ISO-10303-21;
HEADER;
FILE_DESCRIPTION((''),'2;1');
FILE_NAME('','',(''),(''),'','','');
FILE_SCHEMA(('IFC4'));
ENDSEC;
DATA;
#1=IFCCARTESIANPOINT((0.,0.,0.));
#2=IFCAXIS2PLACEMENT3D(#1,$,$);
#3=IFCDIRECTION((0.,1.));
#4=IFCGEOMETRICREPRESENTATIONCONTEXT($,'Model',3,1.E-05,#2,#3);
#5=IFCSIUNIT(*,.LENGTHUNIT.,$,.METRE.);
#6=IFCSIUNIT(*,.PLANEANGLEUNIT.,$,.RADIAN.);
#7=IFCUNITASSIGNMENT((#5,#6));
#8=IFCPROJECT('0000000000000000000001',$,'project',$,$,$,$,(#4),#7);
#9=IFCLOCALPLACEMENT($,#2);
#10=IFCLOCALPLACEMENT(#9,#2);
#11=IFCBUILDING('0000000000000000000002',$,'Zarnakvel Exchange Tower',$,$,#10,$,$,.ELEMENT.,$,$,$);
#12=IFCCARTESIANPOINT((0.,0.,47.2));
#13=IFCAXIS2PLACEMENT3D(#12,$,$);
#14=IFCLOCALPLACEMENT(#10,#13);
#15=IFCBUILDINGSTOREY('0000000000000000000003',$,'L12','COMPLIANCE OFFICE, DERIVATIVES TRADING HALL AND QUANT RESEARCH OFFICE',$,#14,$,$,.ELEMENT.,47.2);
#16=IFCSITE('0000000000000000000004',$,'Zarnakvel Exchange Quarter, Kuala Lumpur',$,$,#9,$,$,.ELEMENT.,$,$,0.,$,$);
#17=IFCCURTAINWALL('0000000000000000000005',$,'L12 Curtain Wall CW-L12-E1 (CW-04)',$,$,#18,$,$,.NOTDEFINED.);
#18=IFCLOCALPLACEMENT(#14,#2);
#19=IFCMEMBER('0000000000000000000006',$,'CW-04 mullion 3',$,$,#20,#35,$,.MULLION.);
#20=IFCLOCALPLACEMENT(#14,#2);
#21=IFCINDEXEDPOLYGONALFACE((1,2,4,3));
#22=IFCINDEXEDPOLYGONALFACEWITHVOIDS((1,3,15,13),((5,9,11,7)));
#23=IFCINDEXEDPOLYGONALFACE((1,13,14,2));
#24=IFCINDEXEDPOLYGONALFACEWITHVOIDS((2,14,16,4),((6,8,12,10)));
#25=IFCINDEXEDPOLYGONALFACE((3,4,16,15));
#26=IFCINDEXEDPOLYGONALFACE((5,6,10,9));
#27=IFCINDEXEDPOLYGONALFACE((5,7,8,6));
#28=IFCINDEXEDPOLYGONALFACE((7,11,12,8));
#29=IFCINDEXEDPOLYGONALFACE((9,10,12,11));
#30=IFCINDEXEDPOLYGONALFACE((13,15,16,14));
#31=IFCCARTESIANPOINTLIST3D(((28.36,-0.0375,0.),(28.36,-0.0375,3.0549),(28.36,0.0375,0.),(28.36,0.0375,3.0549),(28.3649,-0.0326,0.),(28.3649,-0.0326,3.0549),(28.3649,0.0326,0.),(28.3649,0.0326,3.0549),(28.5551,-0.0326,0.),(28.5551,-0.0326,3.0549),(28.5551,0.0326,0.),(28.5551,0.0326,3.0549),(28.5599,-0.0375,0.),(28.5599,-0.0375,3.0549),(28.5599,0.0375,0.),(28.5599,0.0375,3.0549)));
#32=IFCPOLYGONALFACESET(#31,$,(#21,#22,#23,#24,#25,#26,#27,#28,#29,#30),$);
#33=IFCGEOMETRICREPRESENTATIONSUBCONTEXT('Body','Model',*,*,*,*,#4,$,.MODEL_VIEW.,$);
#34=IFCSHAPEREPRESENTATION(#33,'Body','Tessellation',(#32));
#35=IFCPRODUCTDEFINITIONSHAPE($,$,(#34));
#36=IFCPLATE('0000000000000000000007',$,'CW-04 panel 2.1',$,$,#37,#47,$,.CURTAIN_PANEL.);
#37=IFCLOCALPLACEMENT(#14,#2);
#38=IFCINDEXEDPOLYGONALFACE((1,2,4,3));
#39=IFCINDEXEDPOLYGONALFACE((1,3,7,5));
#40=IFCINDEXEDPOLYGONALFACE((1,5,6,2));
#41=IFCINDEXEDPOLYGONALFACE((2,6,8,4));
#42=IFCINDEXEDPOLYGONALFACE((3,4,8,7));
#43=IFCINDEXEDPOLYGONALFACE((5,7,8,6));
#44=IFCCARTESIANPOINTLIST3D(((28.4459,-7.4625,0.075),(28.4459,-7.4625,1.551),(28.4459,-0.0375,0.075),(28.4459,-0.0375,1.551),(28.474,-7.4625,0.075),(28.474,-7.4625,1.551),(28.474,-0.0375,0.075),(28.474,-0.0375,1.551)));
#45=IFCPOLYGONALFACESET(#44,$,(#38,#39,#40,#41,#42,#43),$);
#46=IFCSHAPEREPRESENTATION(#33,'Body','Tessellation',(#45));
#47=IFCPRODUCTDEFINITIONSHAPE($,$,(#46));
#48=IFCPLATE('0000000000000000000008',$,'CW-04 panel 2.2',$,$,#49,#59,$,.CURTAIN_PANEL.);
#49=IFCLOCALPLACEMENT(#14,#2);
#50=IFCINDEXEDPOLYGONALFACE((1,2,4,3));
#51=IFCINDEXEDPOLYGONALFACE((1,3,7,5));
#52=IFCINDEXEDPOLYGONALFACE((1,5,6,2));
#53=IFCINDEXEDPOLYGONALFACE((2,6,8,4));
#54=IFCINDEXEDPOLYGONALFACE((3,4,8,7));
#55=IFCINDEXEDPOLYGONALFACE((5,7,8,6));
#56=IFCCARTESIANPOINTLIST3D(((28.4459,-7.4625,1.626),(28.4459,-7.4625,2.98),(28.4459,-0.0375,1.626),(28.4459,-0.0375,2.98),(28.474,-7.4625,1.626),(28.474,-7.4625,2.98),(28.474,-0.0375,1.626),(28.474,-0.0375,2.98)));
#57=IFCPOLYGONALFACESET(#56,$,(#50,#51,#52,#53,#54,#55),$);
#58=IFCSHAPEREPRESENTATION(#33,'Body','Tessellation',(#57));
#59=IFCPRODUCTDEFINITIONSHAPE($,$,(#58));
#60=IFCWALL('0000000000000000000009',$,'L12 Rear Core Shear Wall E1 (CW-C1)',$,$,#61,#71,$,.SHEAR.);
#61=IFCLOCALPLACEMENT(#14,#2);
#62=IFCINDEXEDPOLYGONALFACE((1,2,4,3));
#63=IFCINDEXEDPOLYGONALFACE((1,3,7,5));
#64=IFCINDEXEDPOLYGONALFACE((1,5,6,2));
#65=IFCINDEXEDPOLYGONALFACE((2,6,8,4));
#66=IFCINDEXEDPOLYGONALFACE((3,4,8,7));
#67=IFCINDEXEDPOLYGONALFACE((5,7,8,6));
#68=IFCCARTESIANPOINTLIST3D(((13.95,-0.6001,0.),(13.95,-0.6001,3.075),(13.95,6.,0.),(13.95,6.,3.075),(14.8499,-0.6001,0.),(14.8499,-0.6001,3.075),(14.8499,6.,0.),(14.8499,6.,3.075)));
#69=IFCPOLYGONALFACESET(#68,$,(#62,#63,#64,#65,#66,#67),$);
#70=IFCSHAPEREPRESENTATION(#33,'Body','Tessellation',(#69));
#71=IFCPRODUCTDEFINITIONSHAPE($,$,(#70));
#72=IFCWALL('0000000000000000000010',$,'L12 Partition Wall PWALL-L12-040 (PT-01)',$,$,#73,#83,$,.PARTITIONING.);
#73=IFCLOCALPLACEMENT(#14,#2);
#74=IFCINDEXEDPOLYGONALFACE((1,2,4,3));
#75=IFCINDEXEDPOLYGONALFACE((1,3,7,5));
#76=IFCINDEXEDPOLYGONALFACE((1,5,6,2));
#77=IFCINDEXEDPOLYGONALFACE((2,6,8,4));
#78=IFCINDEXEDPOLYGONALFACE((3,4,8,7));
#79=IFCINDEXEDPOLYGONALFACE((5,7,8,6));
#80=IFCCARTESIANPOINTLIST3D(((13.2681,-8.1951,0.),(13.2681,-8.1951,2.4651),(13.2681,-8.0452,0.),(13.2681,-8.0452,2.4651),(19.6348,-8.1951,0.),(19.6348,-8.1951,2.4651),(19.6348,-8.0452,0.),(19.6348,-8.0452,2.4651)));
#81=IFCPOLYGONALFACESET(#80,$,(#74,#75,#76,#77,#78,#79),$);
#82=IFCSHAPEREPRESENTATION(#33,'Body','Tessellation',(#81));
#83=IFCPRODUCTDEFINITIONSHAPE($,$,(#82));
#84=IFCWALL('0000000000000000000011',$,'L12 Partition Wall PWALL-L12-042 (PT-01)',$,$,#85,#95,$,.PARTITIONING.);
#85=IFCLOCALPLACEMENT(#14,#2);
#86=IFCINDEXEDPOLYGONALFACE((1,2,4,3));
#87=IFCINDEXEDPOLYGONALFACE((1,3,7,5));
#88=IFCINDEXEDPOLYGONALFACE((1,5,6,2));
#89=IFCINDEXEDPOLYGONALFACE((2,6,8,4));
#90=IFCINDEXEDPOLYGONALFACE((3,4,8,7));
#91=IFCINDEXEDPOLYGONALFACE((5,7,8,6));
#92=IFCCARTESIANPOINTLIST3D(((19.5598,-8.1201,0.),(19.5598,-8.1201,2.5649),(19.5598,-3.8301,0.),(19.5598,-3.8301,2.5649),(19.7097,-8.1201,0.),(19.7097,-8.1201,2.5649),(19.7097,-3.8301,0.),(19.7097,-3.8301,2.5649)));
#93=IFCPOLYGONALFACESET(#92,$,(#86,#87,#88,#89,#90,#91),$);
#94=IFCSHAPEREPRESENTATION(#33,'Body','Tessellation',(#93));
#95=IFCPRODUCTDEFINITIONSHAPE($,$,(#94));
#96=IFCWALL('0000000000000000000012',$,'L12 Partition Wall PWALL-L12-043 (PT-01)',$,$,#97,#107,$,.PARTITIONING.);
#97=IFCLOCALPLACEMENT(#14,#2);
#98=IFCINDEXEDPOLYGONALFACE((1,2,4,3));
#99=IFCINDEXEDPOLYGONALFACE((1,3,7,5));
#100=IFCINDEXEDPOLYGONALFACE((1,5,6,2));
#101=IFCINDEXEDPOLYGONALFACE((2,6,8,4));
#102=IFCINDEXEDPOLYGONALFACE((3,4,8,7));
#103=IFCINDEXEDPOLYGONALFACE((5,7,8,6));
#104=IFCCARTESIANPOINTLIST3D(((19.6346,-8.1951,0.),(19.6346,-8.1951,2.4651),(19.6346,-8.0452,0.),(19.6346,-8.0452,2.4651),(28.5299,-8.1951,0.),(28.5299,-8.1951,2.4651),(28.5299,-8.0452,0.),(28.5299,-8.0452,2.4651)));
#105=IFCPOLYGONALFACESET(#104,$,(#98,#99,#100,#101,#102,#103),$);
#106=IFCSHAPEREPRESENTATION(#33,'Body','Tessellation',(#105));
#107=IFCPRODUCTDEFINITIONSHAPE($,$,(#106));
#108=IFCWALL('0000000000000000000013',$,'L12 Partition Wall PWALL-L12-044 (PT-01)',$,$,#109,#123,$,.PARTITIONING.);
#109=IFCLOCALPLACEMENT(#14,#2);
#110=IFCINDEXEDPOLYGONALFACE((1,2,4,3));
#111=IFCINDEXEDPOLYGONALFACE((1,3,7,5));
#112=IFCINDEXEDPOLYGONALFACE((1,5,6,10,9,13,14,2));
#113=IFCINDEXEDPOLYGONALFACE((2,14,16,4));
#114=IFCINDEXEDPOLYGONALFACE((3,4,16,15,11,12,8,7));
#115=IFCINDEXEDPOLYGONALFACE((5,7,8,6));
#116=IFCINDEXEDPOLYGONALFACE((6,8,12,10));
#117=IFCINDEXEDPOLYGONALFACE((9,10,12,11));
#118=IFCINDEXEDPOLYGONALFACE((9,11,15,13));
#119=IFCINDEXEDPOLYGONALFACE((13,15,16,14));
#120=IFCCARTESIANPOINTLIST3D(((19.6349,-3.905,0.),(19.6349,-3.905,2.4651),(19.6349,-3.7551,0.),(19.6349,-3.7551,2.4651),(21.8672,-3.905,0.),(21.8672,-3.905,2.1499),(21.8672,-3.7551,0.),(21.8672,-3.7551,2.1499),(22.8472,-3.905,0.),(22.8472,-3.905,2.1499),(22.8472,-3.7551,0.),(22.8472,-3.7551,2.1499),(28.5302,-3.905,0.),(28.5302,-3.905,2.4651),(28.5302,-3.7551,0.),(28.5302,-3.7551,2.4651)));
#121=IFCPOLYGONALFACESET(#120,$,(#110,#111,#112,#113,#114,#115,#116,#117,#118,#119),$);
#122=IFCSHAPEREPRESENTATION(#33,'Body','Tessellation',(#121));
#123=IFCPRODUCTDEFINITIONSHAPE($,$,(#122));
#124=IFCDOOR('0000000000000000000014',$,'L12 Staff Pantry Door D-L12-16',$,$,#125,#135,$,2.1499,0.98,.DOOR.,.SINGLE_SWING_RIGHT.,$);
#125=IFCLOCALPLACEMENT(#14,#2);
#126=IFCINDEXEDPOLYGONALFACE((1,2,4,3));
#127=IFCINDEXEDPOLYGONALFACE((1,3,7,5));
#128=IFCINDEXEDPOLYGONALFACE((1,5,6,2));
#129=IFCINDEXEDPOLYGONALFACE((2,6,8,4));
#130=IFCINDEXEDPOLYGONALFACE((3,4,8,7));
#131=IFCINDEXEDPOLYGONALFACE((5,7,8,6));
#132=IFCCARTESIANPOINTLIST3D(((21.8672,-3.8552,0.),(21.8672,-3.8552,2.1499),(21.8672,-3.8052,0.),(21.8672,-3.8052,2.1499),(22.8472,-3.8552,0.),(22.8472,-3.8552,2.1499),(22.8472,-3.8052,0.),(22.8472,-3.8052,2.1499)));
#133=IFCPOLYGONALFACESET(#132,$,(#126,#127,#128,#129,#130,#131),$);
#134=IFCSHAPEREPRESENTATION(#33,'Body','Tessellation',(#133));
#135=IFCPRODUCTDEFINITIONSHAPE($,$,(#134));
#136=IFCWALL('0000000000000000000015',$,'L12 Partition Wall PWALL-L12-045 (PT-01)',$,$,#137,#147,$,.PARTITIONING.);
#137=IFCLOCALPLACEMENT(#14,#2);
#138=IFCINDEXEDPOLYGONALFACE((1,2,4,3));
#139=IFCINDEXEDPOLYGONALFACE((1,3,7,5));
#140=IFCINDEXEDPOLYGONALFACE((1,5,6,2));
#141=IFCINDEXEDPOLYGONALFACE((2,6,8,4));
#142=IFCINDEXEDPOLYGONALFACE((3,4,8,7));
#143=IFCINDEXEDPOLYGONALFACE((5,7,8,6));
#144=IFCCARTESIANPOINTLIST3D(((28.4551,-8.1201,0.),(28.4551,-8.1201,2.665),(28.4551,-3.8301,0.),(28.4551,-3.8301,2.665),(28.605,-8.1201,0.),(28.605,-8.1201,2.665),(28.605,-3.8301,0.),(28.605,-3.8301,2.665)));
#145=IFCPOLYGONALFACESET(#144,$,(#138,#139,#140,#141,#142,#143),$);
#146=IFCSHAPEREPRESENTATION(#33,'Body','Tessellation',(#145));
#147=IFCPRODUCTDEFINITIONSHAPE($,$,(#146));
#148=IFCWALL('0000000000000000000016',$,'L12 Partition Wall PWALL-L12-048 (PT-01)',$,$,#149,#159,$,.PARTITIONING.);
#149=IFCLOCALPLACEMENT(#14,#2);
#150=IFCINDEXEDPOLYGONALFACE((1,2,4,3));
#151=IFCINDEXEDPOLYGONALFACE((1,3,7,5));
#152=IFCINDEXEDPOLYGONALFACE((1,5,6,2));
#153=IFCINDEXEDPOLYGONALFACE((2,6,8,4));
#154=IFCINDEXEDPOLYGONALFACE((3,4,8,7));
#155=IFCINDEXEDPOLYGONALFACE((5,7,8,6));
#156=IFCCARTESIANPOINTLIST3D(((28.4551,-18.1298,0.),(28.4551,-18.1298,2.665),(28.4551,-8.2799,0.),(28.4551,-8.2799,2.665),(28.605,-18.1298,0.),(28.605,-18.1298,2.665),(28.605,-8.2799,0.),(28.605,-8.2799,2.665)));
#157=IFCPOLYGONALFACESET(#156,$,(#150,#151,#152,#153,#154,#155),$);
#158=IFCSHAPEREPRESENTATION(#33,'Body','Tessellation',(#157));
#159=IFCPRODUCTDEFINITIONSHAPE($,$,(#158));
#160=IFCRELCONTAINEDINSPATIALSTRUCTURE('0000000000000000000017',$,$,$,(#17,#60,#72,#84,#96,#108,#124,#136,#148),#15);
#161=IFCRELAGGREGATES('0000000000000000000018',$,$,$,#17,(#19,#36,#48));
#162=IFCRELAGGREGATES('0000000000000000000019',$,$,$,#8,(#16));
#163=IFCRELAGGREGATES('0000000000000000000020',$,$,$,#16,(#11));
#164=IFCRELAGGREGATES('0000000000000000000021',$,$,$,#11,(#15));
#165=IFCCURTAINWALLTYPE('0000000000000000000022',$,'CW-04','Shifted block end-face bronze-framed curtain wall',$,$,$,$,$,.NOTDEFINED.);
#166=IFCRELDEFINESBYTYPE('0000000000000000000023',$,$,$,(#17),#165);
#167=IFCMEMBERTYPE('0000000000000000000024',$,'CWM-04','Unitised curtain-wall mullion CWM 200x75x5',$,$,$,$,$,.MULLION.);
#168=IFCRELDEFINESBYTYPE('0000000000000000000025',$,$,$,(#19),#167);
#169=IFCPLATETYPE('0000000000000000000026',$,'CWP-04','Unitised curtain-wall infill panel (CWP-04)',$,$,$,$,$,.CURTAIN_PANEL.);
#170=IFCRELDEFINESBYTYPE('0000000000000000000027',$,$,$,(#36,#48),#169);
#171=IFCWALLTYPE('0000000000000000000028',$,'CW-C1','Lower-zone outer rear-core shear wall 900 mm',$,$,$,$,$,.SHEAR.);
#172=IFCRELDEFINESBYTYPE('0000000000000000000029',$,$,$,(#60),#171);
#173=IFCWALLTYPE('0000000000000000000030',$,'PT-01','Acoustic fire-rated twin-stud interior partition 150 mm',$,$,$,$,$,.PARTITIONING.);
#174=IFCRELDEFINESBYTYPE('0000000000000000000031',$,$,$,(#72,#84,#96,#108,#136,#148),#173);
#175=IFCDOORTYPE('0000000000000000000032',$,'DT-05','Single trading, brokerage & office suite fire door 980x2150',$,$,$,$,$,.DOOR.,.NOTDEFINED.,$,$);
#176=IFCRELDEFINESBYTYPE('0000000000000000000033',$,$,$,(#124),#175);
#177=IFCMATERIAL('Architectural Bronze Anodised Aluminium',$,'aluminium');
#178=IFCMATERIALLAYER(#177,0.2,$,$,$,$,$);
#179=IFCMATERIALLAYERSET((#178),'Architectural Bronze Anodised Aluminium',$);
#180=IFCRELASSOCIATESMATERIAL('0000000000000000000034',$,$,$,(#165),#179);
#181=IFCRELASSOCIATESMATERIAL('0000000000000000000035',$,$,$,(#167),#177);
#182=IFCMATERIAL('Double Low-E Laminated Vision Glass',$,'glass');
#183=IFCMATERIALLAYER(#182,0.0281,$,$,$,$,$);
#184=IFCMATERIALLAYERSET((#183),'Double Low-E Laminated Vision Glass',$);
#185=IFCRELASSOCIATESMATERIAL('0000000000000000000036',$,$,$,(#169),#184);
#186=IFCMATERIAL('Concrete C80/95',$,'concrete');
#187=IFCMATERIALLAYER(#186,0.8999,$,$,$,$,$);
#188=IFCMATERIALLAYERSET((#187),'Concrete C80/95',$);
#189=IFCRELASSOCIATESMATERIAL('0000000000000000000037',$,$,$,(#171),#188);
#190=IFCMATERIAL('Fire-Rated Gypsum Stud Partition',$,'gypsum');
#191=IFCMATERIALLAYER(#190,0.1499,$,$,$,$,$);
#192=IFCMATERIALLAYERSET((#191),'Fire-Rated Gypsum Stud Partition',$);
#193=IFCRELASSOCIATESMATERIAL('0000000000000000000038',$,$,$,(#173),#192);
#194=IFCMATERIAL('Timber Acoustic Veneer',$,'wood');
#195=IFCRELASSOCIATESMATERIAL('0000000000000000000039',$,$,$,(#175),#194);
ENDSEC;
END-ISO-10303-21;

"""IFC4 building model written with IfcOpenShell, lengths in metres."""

from ifc_helpers import new_model, si_unit, direction, frame, frame_2d, origin, origin_2d, place, context, subcontext, project, spatial, rectangle, hollow_rectangle, extrude, source, transform, mapped, material, layer, layer_set, material_profile, profile_set, type_object, element, fill, aggregate, save


model = new_model("IFC4")

# Units and contexts
model_context = context("Model", 3, precision=1e-05, world=origin(), true_north=direction((0.0, 1.0)))
body_context = subcontext(model_context, "Body", "Model", "MODEL_VIEW")
ifc_project = project(units=[si_unit("LENGTHUNIT", "METRE"), si_unit("PLANEANGLEUNIT", "RADIAN")], contexts=[model_context])

# Site, building, storey
site_placement = place(None, origin())
site = spatial("IfcSite", under=ifc_project, at=site_placement, Name="Zarnakvel Exchange Quarter, Kuala Lumpur", CompositionType="ELEMENT", RefElevation=0.0)
building_placement = place(site_placement, origin())
building = spatial("IfcBuilding", under=site, at=building_placement, Name="Zarnakvel Exchange Tower", CompositionType="ELEMENT")
storey_placement = place(building_placement, frame((0.0, 0.0, 47.2)))
storey = spatial("IfcBuildingStorey", under=building, at=storey_placement, Name="L12", Description="COMPLIANCE OFFICE, DERIVATIVES TRADING HALL AND QUANT RESEARCH OFFICE", CompositionType="ELEMENT", Elevation=47.2)

# Shared definitions
ifc_material_1 = material(Name="Concrete C80/95", Category="concrete")

# Curtain wall, member, plates
ifc_material_2 = material(Name="Architectural Bronze Anodised Aluminium", Category="aluminium")
ifc_layer_1 = layer(ifc_material_2, 0.2)
ifc_layer_set_1 = layer_set([ifc_layer_1], Name="Architectural Bronze Anodised Aluminium")
curtain_wall_type = type_object("IfcCurtainWallType", Name="CW-04", Description="Shifted block end-face bronze-framed curtain wall", PredefinedType="NOTDEFINED", material=ifc_layer_set_1)
curtain_wall_placement = place(storey_placement, origin())
curtain_wall = element("IfcCurtainWall", 1, at=curtain_wall_placement, inside=storey, type_object=curtain_wall_type, Name="L12 Curtain Wall CW-L12-E1 (CW-04)", PredefinedType="NOTDEFINED")
ifc_material_profile_1 = material_profile(ifc_material_2, hollow_rectangle(XDim=0.2, YDim=0.075, WallThickness=0.0049, at=origin_2d()))
ifc_profile_set_1 = profile_set([ifc_material_profile_1], Name="Architectural Bronze Anodised Aluminium")
member_type_1 = type_object("IfcMemberType", Name="CWM-04", Description="Unitised curtain-wall mullion CWM 200x75x5", PredefinedType="MULLION", material=ifc_profile_set_1)
shared_shape_1 = source(origin(), body_context, "Body", "SweptSolid", [
    extrude(hollow_rectangle(XDim=0.2, YDim=0.075, WallThickness=0.0049, at=origin_2d()), origin(), (0.0, 0.0, 1.0), 3.0549),
])
member_1_placement = place(storey_placement, frame((28.46, 0.0, 0.0), z_axis=(0.0, 0.0, 1.0), x_axis=(-1.0, 0.0, 0.0)))
member_1 = element("IfcMember", 2, at=member_1_placement, type_object=member_type_1, Name="CW-04 mullion 3", PredefinedType="MULLION", context=body_context, shape_type="MappedRepresentation", body=[
    mapped(shared_shape_1, transform((0.0, 0.0, 0.0), x_axis=(1.0, 0.0, 0.0), y_axis=(0.0, 1.0, 0.0), z_axis=(0.0, 0.0, 1.0), scale=1.0)),
])
ifc_material_3 = material(Name="Double Low-E Laminated Vision Glass", Category="glass")
ifc_layer_2 = layer(ifc_material_3, 0.0281)
ifc_layer_set_2 = layer_set([ifc_layer_2], Name="Double Low-E Laminated Vision Glass")
plate_type = type_object("IfcPlateType", Name="CWP-04", Description="Unitised curtain-wall infill panel (CWP-04)", PredefinedType="CURTAIN_PANEL", material=ifc_layer_set_2)
shared_shape_2 = source(origin(), body_context, "Body", "SweptSolid", [
    extrude(rectangle(XDim=7.425, YDim=0.0281, at=origin_2d()), origin(), (0.0, 0.0, 1.0), 1.4761),
])
plate_1_placement = place(storey_placement, frame((28.46, -3.75, 0.075), z_axis=(0.0, 0.0, 1.0), x_axis=(0.0, 1.0, 0.0)))
plate_1 = element("IfcPlate", 3, at=plate_1_placement, type_object=plate_type, Name="CW-04 panel 2.1", PredefinedType="CURTAIN_PANEL", context=body_context, shape_type="MappedRepresentation", body=[
    mapped(shared_shape_2, transform((0.0, 0.0, 0.0), x_axis=(1.0, 0.0, 0.0), y_axis=(0.0, 1.0, 0.0), z_axis=(0.0, 0.0, 1.0), scale=1.0)),
])
shared_shape_3 = source(origin(), body_context, "Body", "SweptSolid", [
    extrude(rectangle(XDim=7.425, YDim=0.0281, at=origin_2d()), origin(), (0.0, 0.0, 1.0), 1.354),
])
plate_2_placement = place(storey_placement, frame((28.46, -3.75, 1.626), z_axis=(0.0, 0.0, 1.0), x_axis=(0.0, 1.0, 0.0)))
plate_2 = element("IfcPlate", 4, at=plate_2_placement, type_object=plate_type, Name="CW-04 panel 2.2", PredefinedType="CURTAIN_PANEL", context=body_context, shape_type="MappedRepresentation", body=[
    mapped(shared_shape_3, transform((0.0, 0.0, 0.0), x_axis=(1.0, 0.0, 0.0), y_axis=(0.0, 1.0, 0.0), z_axis=(0.0, 0.0, 1.0), scale=1.0)),
])
aggregate(curtain_wall, [member_1, plate_1, plate_2])

# Walls
ifc_layer_3 = layer(ifc_material_1, 0.8999)
ifc_layer_set_3 = layer_set([ifc_layer_3], Name="Concrete C80/95")
wall_type_1 = type_object("IfcWallType", Name="CW-C1", Description="Lower-zone outer rear-core shear wall 900 mm", PredefinedType="SHEAR", material=ifc_layer_set_3)
wall_1_placement = place(storey_placement, frame((14.3999, -0.6001, 0.0), z_axis=(0.0, 0.0, 1.0), x_axis=(0.0, 1.0, 0.0)))
element("IfcWall", 5, at=wall_1_placement, inside=storey, type_object=wall_type_1, Name="L12 Rear Core Shear Wall E1 (CW-C1)", PredefinedType="SHEAR", context=body_context, shape_type="SweptSolid", body=[
    extrude(rectangle(XDim=6.6001, YDim=0.8999, at=frame_2d((3.3, 0.0))), origin(), (0.0, 0.0, 1.0), 3.075),
])
ifc_material_4 = material(Name="Fire-Rated Gypsum Stud Partition", Category="gypsum")
ifc_layer_4 = layer(ifc_material_4, 0.1499)
ifc_layer_set_4 = layer_set([ifc_layer_4], Name="Fire-Rated Gypsum Stud Partition")
wall_type_2 = type_object("IfcWallType", Name="PT-01", Description="Acoustic fire-rated twin-stud interior partition 150 mm", PredefinedType="PARTITIONING", material=ifc_layer_set_4)
wall_2_placement = place(storey_placement, frame((19.6348, -8.1201, 0.0), z_axis=(0.0, 0.0, 1.0), x_axis=(-1.0, 0.0, 0.0)))
element("IfcWall", 6, at=wall_2_placement, inside=storey, type_object=wall_type_2, Name="L12 Partition Wall PWALL-L12-040 (PT-01)", PredefinedType="PARTITIONING", context=body_context, shape_type="SweptSolid", body=[
    extrude(rectangle(XDim=6.3667, YDim=0.1499, at=frame_2d((3.1833, 0.0))), origin(), (0.0, 0.0, 1.0), 2.4651),
])
wall_3_placement = place(storey_placement, frame((19.6348, -3.8301, 0.0), z_axis=(0.0, 0.0, 1.0), x_axis=(0.0, -1.0, 0.0)))
element("IfcWall", 7, at=wall_3_placement, inside=storey, type_object=wall_type_2, Name="L12 Partition Wall PWALL-L12-042 (PT-01)", PredefinedType="PARTITIONING", context=body_context, shape_type="SweptSolid", body=[
    extrude(rectangle(XDim=4.29, YDim=0.1499, at=frame_2d((2.145, 0.0))), origin(), (0.0, 0.0, 1.0), 2.5649),
])
wall_4_placement = place(storey_placement, frame((28.53, -8.1201, 0.0), z_axis=(0.0, 0.0, 1.0), x_axis=(-1.0, 0.0, 0.0)))
element("IfcWall", 8, at=wall_4_placement, inside=storey, type_object=wall_type_2, Name="L12 Partition Wall PWALL-L12-043 (PT-01)", PredefinedType="PARTITIONING", context=body_context, shape_type="SweptSolid", body=[
    extrude(rectangle(XDim=8.8953, YDim=0.1499, at=frame_2d((4.4478, 0.0))), origin(), (0.0, 0.0, 1.0), 2.4651),
])

# Wall, opening, door
wall_5_placement = place(storey_placement, frame((19.6348, -3.8301, 0.0), z_axis=(0.0, 0.0, 1.0), x_axis=(1.0, 0.0, 0.0)))
wall_5 = element("IfcWall", 9, at=wall_5_placement, inside=storey, type_object=wall_type_2, Name="L12 Partition Wall PWALL-L12-044 (PT-01)", PredefinedType="PARTITIONING", context=body_context, shape_type="SweptSolid", body=[
    extrude(rectangle(XDim=8.8953, YDim=0.1499, at=frame_2d((4.4478, 0.0))), origin(), (0.0, 0.0, 1.0), 2.4651),
])
opening_1_placement = place(wall_5_placement, frame((2.2324, 0.0, 0.0)))
opening_1 = element("IfcOpeningElement", 10, at=opening_1_placement, cuts=wall_5, PredefinedType="OPENING", context=body_context, shape_type="SweptSolid", body=[
    extrude(rectangle(XDim=0.98, YDim=2.1499, at=frame_2d((0.49, 1.075))), frame((0.0, 0.085, 0.0), z_axis=(0.0, -1.0, 0.0), x_axis=(1.0, 0.0, 0.0)), (0.0, 0.0, 1.0), 0.1699),
])
ifc_material_5 = material(Name="Timber Acoustic Veneer", Category="wood")
door_type = type_object("IfcDoorType", Name="DT-05", Description="Single trading, brokerage & office suite fire door 980x2150", OperationType="NOTDEFINED", PredefinedType="DOOR", material=ifc_material_5)
shared_shape_4 = source(origin(), body_context, "Body", "SweptSolid", [
    extrude(rectangle(XDim=0.98, YDim=2.1499, at=frame_2d((0.49, 1.075))), frame((0.0, 0.0249, 0.0), z_axis=(0.0, -1.0, 0.0), x_axis=(1.0, 0.0, 0.0)), (0.0, 0.0, 1.0), 0.05),
])
door_1_placement = place(opening_1_placement, origin())
door_1 = element("IfcDoor", 11, at=door_1_placement, inside=storey, type_object=door_type, Name="L12 Staff Pantry Door D-L12-16", OperationType="SINGLE_SWING_RIGHT", OverallHeight=2.1499, OverallWidth=0.98, PredefinedType="DOOR", context=body_context, shape_type="MappedRepresentation", body=[
    mapped(shared_shape_4, transform((0.0, 0.0, 0.0), x_axis=(1.0, 0.0, 0.0), y_axis=(0.0, 1.0, 0.0), z_axis=(0.0, 0.0, 1.0), scale=1.0)),
])
fill(opening_1, door_1)

# Walls
wall_6_placement = place(storey_placement, frame((28.53, -3.8301, 0.0), z_axis=(0.0, 0.0, 1.0), x_axis=(0.0, -1.0, 0.0)))
element("IfcWall", 12, at=wall_6_placement, inside=storey, type_object=wall_type_2, Name="L12 Partition Wall PWALL-L12-045 (PT-01)", PredefinedType="PARTITIONING", context=body_context, shape_type="SweptSolid", body=[
    extrude(rectangle(XDim=4.29, YDim=0.1499, at=frame_2d((2.145, 0.0))), origin(), (0.0, 0.0, 1.0), 2.665),
])
wall_7_placement = place(storey_placement, frame((28.53, -8.28, 0.0), z_axis=(0.0, 0.0, 1.0), x_axis=(0.0, -1.0, 0.0)))
element("IfcWall", 13, at=wall_7_placement, inside=storey, type_object=wall_type_2, Name="L12 Partition Wall PWALL-L12-048 (PT-01)", PredefinedType="PARTITIONING", context=body_context, shape_type="SweptSolid", body=[
    extrude(rectangle(XDim=9.8499, YDim=0.1499, at=frame_2d((4.9248, 0.0))), origin(), (0.0, 0.0, 1.0), 2.665),
])

save(model, "model.ifc")
